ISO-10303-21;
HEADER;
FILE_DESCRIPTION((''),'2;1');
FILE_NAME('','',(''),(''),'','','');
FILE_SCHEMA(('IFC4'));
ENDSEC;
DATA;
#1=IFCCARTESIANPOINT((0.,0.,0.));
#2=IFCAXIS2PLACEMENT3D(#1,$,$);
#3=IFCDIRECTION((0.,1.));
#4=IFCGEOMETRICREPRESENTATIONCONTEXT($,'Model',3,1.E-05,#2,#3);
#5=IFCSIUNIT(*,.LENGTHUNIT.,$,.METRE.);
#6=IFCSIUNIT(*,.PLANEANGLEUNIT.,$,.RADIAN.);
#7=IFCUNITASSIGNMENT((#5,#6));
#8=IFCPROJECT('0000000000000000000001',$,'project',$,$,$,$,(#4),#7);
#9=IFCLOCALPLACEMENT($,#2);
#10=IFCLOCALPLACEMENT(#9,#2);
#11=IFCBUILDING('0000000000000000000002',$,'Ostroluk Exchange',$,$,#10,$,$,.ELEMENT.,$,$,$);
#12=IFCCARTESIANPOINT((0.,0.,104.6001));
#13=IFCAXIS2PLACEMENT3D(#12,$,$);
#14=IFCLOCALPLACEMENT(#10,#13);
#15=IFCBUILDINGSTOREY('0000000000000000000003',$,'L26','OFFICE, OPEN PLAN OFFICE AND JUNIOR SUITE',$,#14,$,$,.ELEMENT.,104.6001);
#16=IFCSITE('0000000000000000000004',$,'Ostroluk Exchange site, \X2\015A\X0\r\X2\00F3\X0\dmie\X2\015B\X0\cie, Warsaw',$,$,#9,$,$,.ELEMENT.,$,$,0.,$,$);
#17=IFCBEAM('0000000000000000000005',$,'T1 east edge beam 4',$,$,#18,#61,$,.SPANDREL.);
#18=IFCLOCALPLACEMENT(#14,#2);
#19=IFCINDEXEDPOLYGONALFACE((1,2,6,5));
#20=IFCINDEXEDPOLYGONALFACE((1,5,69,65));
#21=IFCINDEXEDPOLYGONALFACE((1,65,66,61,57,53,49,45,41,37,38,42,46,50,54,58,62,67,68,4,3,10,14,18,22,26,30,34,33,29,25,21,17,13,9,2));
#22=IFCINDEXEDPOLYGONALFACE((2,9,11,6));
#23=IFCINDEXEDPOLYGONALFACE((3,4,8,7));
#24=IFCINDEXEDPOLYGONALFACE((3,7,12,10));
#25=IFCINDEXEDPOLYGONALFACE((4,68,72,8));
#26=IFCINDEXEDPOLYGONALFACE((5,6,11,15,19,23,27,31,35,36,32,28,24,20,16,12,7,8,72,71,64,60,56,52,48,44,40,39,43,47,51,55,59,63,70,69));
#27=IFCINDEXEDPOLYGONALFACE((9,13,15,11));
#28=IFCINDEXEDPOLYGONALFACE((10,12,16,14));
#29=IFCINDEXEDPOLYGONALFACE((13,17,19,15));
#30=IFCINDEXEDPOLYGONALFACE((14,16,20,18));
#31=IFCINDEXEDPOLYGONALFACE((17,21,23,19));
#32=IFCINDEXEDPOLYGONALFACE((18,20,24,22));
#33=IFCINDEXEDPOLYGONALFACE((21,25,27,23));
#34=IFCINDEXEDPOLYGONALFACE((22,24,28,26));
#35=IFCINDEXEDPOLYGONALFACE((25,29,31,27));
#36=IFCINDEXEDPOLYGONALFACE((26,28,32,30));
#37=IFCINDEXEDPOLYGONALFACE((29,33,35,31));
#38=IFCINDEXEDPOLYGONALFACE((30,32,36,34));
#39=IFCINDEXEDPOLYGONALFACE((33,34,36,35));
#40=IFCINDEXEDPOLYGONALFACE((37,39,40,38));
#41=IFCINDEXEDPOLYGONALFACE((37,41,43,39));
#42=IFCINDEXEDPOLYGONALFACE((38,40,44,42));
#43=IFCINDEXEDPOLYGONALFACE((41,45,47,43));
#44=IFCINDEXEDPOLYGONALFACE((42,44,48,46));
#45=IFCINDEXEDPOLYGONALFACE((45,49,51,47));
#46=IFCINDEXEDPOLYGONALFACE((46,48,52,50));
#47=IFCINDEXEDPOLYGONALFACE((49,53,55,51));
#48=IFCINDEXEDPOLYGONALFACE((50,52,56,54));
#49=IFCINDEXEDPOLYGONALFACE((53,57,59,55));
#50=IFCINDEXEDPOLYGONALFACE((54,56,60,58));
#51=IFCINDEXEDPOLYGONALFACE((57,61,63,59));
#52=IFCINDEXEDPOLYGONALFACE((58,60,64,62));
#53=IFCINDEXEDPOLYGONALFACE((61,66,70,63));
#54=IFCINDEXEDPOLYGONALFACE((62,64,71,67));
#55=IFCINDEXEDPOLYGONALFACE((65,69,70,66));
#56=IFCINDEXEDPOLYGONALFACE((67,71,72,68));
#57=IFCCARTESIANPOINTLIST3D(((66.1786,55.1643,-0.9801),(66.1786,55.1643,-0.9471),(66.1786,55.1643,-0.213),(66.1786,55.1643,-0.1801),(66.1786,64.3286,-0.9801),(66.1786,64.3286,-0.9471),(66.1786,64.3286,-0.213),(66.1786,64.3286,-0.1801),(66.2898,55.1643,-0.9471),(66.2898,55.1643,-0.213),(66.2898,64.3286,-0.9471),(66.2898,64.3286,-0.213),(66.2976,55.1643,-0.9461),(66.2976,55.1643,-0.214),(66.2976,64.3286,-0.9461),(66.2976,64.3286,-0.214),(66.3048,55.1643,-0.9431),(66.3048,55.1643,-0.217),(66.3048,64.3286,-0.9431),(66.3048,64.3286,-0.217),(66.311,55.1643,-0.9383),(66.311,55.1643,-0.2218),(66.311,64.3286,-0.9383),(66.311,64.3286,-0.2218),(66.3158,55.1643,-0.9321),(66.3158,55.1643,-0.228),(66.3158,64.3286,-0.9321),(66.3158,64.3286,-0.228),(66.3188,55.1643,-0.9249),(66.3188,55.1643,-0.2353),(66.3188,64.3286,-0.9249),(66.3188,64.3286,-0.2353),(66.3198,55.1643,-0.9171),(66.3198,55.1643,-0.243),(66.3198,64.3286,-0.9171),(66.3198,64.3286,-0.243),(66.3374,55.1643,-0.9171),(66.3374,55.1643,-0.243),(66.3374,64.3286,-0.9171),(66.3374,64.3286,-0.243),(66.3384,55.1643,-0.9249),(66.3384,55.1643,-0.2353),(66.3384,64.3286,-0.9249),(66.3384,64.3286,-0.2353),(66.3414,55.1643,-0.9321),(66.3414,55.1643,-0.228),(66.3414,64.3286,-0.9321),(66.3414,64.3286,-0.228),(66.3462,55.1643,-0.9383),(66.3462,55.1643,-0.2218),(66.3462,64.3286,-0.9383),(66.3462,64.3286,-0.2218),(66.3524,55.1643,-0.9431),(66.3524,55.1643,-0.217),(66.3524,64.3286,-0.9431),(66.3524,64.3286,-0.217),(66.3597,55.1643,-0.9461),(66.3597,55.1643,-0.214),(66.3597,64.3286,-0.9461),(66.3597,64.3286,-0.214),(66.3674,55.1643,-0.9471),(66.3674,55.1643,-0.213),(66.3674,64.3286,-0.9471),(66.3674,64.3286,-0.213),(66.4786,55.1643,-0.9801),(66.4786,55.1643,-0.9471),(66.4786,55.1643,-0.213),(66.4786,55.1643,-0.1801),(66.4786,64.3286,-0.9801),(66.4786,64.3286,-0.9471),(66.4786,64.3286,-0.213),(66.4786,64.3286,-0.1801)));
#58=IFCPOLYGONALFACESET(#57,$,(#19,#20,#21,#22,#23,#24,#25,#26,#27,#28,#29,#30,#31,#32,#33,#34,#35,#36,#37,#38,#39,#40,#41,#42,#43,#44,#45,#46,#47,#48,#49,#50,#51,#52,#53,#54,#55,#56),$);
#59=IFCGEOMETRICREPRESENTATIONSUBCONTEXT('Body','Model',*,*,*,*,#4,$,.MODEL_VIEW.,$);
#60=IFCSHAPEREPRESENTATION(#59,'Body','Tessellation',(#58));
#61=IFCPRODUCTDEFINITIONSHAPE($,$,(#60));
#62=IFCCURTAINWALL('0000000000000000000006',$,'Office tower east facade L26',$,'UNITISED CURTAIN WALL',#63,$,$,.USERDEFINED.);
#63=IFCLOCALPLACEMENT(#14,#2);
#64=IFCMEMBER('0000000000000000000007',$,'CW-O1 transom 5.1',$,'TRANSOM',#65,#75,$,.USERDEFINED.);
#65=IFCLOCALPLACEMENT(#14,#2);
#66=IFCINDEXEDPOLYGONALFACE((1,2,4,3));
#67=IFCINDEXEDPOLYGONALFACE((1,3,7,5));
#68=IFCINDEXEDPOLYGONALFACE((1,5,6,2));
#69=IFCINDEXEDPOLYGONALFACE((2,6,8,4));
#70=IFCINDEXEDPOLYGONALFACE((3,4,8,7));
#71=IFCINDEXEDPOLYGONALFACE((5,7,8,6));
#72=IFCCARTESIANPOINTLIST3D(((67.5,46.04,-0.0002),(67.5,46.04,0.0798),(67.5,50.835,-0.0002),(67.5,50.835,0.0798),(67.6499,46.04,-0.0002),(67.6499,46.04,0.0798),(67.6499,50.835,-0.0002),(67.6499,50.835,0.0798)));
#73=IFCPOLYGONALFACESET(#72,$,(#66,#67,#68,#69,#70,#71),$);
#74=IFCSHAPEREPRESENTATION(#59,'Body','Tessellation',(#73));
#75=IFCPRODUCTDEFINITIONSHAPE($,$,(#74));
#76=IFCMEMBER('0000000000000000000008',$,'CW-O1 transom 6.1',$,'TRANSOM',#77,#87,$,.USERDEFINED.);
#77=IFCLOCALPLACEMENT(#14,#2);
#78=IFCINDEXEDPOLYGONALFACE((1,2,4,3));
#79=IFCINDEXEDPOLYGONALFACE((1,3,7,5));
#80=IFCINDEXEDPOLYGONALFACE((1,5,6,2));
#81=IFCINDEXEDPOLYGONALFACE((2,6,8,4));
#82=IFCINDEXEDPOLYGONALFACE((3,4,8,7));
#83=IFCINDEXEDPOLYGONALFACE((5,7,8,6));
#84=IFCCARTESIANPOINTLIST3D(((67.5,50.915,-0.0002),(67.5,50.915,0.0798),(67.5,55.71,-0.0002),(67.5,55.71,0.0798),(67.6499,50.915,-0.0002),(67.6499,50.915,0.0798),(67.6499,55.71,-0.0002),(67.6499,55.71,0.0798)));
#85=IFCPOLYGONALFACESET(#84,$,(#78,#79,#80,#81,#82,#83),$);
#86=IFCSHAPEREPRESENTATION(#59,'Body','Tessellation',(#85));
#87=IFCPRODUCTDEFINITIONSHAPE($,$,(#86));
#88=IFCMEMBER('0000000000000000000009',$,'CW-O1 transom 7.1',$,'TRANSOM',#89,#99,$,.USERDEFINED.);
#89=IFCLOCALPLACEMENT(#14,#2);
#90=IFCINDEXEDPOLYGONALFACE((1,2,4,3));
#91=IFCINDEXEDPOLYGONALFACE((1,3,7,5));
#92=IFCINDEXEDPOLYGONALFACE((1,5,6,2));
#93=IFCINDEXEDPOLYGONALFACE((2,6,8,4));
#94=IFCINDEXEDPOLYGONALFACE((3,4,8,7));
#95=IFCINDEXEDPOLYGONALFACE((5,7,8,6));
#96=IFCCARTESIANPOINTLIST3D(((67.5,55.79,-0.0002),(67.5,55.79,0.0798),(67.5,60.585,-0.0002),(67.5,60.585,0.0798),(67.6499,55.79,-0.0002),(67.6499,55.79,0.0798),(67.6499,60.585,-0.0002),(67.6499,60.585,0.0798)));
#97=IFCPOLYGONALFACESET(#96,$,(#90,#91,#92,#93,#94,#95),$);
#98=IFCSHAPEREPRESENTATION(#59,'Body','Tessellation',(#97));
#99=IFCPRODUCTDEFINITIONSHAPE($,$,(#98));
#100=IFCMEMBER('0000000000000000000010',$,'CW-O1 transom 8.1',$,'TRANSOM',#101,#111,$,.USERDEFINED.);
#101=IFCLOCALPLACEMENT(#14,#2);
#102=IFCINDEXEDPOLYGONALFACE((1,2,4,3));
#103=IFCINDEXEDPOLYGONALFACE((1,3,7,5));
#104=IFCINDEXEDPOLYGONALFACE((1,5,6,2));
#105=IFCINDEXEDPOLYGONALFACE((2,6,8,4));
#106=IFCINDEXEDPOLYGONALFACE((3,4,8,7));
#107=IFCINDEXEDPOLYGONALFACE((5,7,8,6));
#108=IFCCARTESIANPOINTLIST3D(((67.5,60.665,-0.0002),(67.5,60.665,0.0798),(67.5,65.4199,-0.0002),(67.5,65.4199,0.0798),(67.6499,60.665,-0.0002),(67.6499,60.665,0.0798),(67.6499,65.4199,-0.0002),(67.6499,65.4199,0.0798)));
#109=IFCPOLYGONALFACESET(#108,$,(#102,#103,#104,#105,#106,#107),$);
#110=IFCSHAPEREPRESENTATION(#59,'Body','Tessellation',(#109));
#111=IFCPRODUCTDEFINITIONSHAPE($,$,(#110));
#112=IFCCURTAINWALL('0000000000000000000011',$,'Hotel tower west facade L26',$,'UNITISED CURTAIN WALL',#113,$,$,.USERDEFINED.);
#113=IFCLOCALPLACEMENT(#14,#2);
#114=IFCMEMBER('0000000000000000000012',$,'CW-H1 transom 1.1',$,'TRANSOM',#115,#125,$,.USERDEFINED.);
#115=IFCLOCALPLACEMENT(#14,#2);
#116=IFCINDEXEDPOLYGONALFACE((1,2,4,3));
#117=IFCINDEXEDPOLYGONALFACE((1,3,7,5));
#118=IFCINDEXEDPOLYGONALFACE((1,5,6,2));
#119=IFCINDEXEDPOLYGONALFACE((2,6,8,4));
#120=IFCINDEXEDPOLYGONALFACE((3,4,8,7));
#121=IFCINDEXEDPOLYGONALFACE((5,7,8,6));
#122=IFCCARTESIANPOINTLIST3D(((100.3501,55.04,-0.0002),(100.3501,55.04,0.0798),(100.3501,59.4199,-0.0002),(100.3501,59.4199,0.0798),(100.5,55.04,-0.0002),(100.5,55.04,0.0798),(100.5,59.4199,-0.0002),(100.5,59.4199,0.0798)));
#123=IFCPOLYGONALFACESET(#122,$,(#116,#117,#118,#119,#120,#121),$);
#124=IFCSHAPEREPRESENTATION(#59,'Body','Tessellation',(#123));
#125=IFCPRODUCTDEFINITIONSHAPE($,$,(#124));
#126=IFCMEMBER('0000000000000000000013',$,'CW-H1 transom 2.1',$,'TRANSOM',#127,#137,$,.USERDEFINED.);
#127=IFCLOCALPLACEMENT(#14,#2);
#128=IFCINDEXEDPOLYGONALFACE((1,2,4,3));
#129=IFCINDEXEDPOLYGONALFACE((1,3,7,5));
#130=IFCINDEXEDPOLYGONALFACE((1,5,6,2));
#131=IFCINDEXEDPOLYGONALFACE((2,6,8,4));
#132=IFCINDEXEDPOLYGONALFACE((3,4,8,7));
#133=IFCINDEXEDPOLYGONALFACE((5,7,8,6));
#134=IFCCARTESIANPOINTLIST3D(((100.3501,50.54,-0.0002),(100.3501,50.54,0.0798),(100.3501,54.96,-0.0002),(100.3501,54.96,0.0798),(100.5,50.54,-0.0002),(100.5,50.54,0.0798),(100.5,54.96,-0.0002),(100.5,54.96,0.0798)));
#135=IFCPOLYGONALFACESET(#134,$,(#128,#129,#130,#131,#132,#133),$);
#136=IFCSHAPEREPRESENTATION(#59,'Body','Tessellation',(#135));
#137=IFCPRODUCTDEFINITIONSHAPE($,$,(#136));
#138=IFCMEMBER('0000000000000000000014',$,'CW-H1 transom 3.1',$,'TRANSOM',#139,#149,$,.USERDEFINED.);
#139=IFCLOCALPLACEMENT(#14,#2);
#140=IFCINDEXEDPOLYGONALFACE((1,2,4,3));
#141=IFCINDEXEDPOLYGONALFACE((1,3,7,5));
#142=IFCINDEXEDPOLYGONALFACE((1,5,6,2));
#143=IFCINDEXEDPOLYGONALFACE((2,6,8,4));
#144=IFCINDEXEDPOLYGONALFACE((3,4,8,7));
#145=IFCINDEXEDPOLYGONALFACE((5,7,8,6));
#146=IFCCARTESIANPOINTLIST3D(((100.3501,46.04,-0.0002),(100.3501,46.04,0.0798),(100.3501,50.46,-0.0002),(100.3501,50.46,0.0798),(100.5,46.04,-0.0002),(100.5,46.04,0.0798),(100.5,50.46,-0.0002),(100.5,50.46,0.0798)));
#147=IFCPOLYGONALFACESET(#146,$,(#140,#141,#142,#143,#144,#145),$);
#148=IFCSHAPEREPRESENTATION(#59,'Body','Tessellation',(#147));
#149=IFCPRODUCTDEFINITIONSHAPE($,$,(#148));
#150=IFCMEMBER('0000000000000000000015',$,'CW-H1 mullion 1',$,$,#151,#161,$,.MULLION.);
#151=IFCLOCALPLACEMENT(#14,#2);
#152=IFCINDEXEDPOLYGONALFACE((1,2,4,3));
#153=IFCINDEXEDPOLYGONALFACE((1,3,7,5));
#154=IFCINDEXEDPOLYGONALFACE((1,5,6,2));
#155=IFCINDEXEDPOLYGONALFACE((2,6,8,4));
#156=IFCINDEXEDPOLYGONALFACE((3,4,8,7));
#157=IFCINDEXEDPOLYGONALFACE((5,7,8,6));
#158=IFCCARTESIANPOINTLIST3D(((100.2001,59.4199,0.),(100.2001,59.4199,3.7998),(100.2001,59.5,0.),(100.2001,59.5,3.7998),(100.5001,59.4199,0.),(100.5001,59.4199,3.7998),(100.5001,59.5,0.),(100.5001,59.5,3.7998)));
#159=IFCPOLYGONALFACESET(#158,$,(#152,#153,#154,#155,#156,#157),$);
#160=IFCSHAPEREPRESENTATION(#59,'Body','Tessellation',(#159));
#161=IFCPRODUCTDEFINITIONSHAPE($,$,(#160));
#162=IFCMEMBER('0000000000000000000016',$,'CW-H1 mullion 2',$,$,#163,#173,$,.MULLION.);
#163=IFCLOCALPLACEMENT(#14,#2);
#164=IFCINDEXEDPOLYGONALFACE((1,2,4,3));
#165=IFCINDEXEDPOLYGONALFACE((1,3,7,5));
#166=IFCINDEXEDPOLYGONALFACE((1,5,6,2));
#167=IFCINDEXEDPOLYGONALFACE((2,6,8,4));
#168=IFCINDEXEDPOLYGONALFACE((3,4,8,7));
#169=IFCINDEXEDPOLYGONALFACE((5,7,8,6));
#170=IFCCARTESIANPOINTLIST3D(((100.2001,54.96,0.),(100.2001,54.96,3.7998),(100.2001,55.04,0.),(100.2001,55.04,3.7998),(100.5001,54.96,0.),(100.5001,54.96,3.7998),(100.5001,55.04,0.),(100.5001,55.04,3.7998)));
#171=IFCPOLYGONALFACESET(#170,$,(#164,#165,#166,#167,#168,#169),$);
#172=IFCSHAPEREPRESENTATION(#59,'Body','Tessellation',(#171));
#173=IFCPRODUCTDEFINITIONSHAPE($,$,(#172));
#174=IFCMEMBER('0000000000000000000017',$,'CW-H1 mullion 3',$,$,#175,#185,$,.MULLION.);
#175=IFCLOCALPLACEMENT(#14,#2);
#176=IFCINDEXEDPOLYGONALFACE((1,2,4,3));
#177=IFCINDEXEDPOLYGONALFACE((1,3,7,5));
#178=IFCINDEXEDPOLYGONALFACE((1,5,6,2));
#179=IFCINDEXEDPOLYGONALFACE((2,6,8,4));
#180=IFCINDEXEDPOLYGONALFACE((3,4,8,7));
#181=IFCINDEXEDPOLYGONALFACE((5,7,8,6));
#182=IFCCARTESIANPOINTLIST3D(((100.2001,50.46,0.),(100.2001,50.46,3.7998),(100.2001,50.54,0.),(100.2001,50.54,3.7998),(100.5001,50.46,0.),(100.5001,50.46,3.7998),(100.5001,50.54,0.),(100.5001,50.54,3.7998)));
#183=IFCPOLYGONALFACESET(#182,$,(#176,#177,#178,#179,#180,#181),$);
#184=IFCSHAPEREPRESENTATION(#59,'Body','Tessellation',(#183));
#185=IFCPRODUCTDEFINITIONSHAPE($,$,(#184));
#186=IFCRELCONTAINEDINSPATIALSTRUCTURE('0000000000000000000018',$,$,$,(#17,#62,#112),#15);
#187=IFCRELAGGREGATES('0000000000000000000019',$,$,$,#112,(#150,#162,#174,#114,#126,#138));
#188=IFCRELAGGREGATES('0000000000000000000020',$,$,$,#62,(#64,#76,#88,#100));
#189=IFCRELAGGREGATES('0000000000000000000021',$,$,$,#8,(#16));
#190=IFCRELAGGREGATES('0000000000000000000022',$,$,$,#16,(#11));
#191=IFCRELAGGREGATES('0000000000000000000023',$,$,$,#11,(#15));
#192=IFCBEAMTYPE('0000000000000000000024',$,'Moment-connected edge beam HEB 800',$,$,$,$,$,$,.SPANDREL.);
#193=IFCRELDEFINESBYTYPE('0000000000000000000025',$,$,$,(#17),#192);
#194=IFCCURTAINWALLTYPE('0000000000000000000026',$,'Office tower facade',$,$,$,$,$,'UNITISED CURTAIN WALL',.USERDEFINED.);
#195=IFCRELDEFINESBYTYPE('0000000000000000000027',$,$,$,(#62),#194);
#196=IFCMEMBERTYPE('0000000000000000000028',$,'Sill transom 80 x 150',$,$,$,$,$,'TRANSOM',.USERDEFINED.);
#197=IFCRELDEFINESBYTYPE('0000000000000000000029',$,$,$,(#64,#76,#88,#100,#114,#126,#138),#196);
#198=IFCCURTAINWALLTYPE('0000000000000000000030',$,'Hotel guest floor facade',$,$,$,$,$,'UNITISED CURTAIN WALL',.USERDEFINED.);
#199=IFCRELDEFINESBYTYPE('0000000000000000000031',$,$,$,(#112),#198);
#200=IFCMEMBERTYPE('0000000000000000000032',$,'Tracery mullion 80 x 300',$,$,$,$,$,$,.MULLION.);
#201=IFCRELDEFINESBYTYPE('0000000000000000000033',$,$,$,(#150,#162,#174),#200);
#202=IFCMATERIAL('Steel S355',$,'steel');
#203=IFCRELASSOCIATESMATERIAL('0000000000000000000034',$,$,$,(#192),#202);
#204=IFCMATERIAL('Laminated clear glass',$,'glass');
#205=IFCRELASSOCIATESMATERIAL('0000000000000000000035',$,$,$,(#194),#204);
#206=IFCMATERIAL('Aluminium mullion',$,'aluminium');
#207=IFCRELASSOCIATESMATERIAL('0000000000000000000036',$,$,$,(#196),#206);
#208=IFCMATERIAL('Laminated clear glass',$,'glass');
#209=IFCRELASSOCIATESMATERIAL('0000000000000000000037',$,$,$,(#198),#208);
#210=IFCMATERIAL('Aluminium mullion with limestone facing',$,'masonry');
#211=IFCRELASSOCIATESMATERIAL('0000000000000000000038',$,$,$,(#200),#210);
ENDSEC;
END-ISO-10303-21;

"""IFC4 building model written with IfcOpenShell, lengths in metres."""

from ifc_helpers import new_model, si_unit, direction, frame, origin, origin_2d, place, context, subcontext, project, spatial, rectangle, i_section, extrude, material, material_profile, profile_set, type_object, element, aggregate, save


model = new_model("IFC4")

# Units and contexts
model_context = context("Model", 3, precision=1e-05, world=origin(), true_north=direction((0.0, 1.0)))
body_context = subcontext(model_context, "Body", "Model", "MODEL_VIEW")
ifc_project = project(units=[si_unit("LENGTHUNIT", "METRE"), si_unit("PLANEANGLEUNIT", "RADIAN")], contexts=[model_context])

# Site, building, storey
site_placement = place(None, origin())
site = spatial("IfcSite", under=ifc_project, at=site_placement, Name="Ostroluk Exchange site, Śródmieście, Warsaw", CompositionType="ELEMENT", RefElevation=0.0)
building_placement = place(site_placement, origin())
building = spatial("IfcBuilding", under=site, at=building_placement, Name="Ostroluk Exchange", CompositionType="ELEMENT")
storey_placement = place(building_placement, frame((0.0, 0.0, 104.6001)))
storey = spatial("IfcBuildingStorey", under=building, at=storey_placement, Name="L26", Description="OFFICE, OPEN PLAN OFFICE AND JUNIOR SUITE", CompositionType="ELEMENT", Elevation=104.6001)

# Beam
ifc_material_1 = material(Name="Steel S355", Category="steel")
ifc_material_profile_1 = material_profile(ifc_material_1, i_section(OverallWidth=0.3, OverallDepth=0.8, WebThickness=0.0176, FlangeThickness=0.033, FilletRadius=0.03, at=origin_2d()), Name="HEB 800")
ifc_profile_set_1 = profile_set([ifc_material_profile_1], Name="Steel S355")
beam_type_1 = type_object("IfcBeamType", Name="Moment-connected edge beam HEB 800", PredefinedType="SPANDREL", material=ifc_profile_set_1)
beam_placement = place(storey_placement, frame((66.3286, 55.1643, -0.5801), z_axis=(0.0, 1.0, 0.0), x_axis=(-1.0, 0.0, 0.0)))
element("IfcBeam", 1, at=beam_placement, inside=storey, type_object=beam_type_1, Name="T1 east edge beam 4", PredefinedType="SPANDREL", context=body_context, shape_type="SweptSolid", body=[
    extrude(i_section(OverallWidth=0.3, OverallDepth=0.8, WebThickness=0.0176, FlangeThickness=0.033, FilletRadius=0.03, at=origin_2d()), origin(), (0.0, 0.0, 1.0), 9.1643),
])

# Curtain walls, members
ifc_material_2 = material(Name="Laminated clear glass", Category="glass")
curtain_wall_type_1 = type_object("IfcCurtainWallType", Name="Office tower facade", ElementType="UNITISED CURTAIN WALL", PredefinedType="USERDEFINED", material=ifc_material_2)
curtain_wall_1_placement = place(storey_placement, origin())
curtain_wall_1 = element("IfcCurtainWall", 2, at=curtain_wall_1_placement, inside=storey, type_object=curtain_wall_type_1, Name="Office tower east facade L26", ObjectType="UNITISED CURTAIN WALL", PredefinedType="USERDEFINED")
ifc_material_3 = material(Name="Aluminium mullion", Category="aluminium")
ifc_material_profile_2 = material_profile(ifc_material_3, rectangle(XDim=0.1499, YDim=0.0801, at=origin_2d()), Name="Sill transom 80 x 150")
ifc_profile_set_2 = profile_set([ifc_material_profile_2], Name="Aluminium mullion")
member_type_1 = type_object("IfcMemberType", Name="Sill transom 80 x 150", ElementType="TRANSOM", PredefinedType="USERDEFINED", material=ifc_profile_set_2)
member_1_placement = place(storey_placement, frame((67.575, 46.04, 0.0398), z_axis=(0.0, 1.0, 0.0), x_axis=(-1.0, 0.0, 0.0)))
member_1 = element("IfcMember", 3, at=member_1_placement, type_object=member_type_1, Name="CW-O1 transom 5.1", ObjectType="TRANSOM", PredefinedType="USERDEFINED", context=body_context, shape_type="SweptSolid", body=[
    extrude(rectangle(XDim=0.1499, YDim=0.0801, at=origin_2d()), origin(), (0.0, 0.0, 1.0), 4.7949),
])
member_2_placement = place(storey_placement, frame((67.575, 50.915, 0.0398), z_axis=(0.0, 1.0, 0.0), x_axis=(-1.0, 0.0, 0.0)))
member_2 = element("IfcMember", 4, at=member_2_placement, type_object=member_type_1, Name="CW-O1 transom 6.1", ObjectType="TRANSOM", PredefinedType="USERDEFINED", context=body_context, shape_type="SweptSolid", body=[
    extrude(rectangle(XDim=0.1499, YDim=0.0801, at=origin_2d()), origin(), (0.0, 0.0, 1.0), 4.7949),
])
member_3_placement = place(storey_placement, frame((67.575, 55.79, 0.0398), z_axis=(0.0, 1.0, 0.0), x_axis=(-1.0, 0.0, 0.0)))
member_3 = element("IfcMember", 5, at=member_3_placement, type_object=member_type_1, Name="CW-O1 transom 7.1", ObjectType="TRANSOM", PredefinedType="USERDEFINED", context=body_context, shape_type="SweptSolid", body=[
    extrude(rectangle(XDim=0.1499, YDim=0.0801, at=origin_2d()), origin(), (0.0, 0.0, 1.0), 4.7949),
])
member_4_placement = place(storey_placement, frame((67.575, 60.665, 0.0398), z_axis=(0.0, 1.0, 0.0), x_axis=(-1.0, 0.0, 0.0)))
member_4 = element("IfcMember", 6, at=member_4_placement, type_object=member_type_1, Name="CW-O1 transom 8.1", ObjectType="TRANSOM", PredefinedType="USERDEFINED", context=body_context, shape_type="SweptSolid", body=[
    extrude(rectangle(XDim=0.1499, YDim=0.0801, at=origin_2d()), origin(), (0.0, 0.0, 1.0), 4.7549),
])
ifc_material_4 = material(Name="Laminated clear glass", Category="glass")
curtain_wall_type_2 = type_object("IfcCurtainWallType", Name="Hotel guest floor facade", ElementType="UNITISED CURTAIN WALL", PredefinedType="USERDEFINED", material=ifc_material_4)
curtain_wall_2_placement = place(storey_placement, origin())
curtain_wall_2 = element("IfcCurtainWall", 7, at=curtain_wall_2_placement, inside=storey, type_object=curtain_wall_type_2, Name="Hotel tower west facade L26", ObjectType="UNITISED CURTAIN WALL", PredefinedType="USERDEFINED")
member_5_placement = place(storey_placement, frame((100.425, 59.4199, 0.0398), z_axis=(0.0, -1.0, 0.0), x_axis=(1.0, 0.0, 0.0)))
member_5 = element("IfcMember", 8, at=member_5_placement, type_object=member_type_1, Name="CW-H1 transom 1.1", ObjectType="TRANSOM", PredefinedType="USERDEFINED", context=body_context, shape_type="SweptSolid", body=[
    extrude(rectangle(XDim=0.1499, YDim=0.0801, at=origin_2d()), origin(), (0.0, 0.0, 1.0), 4.3799),
])
member_6_placement = place(storey_placement, frame((100.425, 54.96, 0.0398), z_axis=(0.0, -1.0, 0.0), x_axis=(1.0, 0.0, 0.0)))
member_6 = element("IfcMember", 9, at=member_6_placement, type_object=member_type_1, Name="CW-H1 transom 2.1", ObjectType="TRANSOM", PredefinedType="USERDEFINED", context=body_context, shape_type="SweptSolid", body=[
    extrude(rectangle(XDim=0.1499, YDim=0.0801, at=origin_2d()), origin(), (0.0, 0.0, 1.0), 4.4199),
])
member_7_placement = place(storey_placement, frame((100.425, 50.46, 0.0398), z_axis=(0.0, -1.0, 0.0), x_axis=(1.0, 0.0, 0.0)))
member_7 = element("IfcMember", 10, at=member_7_placement, type_object=member_type_1, Name="CW-H1 transom 3.1", ObjectType="TRANSOM", PredefinedType="USERDEFINED", context=body_context, shape_type="SweptSolid", body=[
    extrude(rectangle(XDim=0.1499, YDim=0.0801, at=origin_2d()), origin(), (0.0, 0.0, 1.0), 4.4199),
])
ifc_material_5 = material(Name="Aluminium mullion with limestone facing", Category="masonry")
ifc_material_profile_3 = material_profile(ifc_material_5, rectangle(XDim=0.3, YDim=0.0801, at=origin_2d()), Name="Tracery mullion 80 x 300")
ifc_profile_set_3 = profile_set([ifc_material_profile_3], Name="Aluminium mullion with limestone facing")
member_type_2 = type_object("IfcMemberType", Name="Tracery mullion 80 x 300", PredefinedType="MULLION", material=ifc_profile_set_3)
member_8_placement = place(storey_placement, frame((100.3501, 59.46, 0.0), z_axis=(0.0, 0.0, 1.0), x_axis=(1.0, 0.0, 0.0)))
member_8 = element("IfcMember", 11, at=member_8_placement, type_object=member_type_2, Name="CW-H1 mullion 1", PredefinedType="MULLION", context=body_context, shape_type="SweptSolid", body=[
    extrude(rectangle(XDim=0.3, YDim=0.0801, at=origin_2d()), origin(), (0.0, 0.0, 1.0), 3.7998),
])
member_9_placement = place(storey_placement, frame((100.3501, 55.0, 0.0), z_axis=(0.0, 0.0, 1.0), x_axis=(1.0, 0.0, 0.0)))
member_9 = element("IfcMember", 12, at=member_9_placement, type_object=member_type_2, Name="CW-H1 mullion 2", PredefinedType="MULLION", context=body_context, shape_type="SweptSolid", body=[
    extrude(rectangle(XDim=0.3, YDim=0.0801, at=origin_2d()), origin(), (0.0, 0.0, 1.0), 3.7998),
])
member_10_placement = place(storey_placement, frame((100.3501, 50.5, 0.0), z_axis=(0.0, 0.0, 1.0), x_axis=(1.0, 0.0, 0.0)))
member_10 = element("IfcMember", 13, at=member_10_placement, type_object=member_type_2, Name="CW-H1 mullion 3", PredefinedType="MULLION", context=body_context, shape_type="SweptSolid", body=[
    extrude(rectangle(XDim=0.3, YDim=0.0801, at=origin_2d()), origin(), (0.0, 0.0, 1.0), 3.7998),
])

aggregate(curtain_wall_2, [member_8, member_9, member_10, member_5, member_6, member_7])
aggregate(curtain_wall_1, [member_1, member_2, member_3, member_4])

save(model, "model.ifc")
